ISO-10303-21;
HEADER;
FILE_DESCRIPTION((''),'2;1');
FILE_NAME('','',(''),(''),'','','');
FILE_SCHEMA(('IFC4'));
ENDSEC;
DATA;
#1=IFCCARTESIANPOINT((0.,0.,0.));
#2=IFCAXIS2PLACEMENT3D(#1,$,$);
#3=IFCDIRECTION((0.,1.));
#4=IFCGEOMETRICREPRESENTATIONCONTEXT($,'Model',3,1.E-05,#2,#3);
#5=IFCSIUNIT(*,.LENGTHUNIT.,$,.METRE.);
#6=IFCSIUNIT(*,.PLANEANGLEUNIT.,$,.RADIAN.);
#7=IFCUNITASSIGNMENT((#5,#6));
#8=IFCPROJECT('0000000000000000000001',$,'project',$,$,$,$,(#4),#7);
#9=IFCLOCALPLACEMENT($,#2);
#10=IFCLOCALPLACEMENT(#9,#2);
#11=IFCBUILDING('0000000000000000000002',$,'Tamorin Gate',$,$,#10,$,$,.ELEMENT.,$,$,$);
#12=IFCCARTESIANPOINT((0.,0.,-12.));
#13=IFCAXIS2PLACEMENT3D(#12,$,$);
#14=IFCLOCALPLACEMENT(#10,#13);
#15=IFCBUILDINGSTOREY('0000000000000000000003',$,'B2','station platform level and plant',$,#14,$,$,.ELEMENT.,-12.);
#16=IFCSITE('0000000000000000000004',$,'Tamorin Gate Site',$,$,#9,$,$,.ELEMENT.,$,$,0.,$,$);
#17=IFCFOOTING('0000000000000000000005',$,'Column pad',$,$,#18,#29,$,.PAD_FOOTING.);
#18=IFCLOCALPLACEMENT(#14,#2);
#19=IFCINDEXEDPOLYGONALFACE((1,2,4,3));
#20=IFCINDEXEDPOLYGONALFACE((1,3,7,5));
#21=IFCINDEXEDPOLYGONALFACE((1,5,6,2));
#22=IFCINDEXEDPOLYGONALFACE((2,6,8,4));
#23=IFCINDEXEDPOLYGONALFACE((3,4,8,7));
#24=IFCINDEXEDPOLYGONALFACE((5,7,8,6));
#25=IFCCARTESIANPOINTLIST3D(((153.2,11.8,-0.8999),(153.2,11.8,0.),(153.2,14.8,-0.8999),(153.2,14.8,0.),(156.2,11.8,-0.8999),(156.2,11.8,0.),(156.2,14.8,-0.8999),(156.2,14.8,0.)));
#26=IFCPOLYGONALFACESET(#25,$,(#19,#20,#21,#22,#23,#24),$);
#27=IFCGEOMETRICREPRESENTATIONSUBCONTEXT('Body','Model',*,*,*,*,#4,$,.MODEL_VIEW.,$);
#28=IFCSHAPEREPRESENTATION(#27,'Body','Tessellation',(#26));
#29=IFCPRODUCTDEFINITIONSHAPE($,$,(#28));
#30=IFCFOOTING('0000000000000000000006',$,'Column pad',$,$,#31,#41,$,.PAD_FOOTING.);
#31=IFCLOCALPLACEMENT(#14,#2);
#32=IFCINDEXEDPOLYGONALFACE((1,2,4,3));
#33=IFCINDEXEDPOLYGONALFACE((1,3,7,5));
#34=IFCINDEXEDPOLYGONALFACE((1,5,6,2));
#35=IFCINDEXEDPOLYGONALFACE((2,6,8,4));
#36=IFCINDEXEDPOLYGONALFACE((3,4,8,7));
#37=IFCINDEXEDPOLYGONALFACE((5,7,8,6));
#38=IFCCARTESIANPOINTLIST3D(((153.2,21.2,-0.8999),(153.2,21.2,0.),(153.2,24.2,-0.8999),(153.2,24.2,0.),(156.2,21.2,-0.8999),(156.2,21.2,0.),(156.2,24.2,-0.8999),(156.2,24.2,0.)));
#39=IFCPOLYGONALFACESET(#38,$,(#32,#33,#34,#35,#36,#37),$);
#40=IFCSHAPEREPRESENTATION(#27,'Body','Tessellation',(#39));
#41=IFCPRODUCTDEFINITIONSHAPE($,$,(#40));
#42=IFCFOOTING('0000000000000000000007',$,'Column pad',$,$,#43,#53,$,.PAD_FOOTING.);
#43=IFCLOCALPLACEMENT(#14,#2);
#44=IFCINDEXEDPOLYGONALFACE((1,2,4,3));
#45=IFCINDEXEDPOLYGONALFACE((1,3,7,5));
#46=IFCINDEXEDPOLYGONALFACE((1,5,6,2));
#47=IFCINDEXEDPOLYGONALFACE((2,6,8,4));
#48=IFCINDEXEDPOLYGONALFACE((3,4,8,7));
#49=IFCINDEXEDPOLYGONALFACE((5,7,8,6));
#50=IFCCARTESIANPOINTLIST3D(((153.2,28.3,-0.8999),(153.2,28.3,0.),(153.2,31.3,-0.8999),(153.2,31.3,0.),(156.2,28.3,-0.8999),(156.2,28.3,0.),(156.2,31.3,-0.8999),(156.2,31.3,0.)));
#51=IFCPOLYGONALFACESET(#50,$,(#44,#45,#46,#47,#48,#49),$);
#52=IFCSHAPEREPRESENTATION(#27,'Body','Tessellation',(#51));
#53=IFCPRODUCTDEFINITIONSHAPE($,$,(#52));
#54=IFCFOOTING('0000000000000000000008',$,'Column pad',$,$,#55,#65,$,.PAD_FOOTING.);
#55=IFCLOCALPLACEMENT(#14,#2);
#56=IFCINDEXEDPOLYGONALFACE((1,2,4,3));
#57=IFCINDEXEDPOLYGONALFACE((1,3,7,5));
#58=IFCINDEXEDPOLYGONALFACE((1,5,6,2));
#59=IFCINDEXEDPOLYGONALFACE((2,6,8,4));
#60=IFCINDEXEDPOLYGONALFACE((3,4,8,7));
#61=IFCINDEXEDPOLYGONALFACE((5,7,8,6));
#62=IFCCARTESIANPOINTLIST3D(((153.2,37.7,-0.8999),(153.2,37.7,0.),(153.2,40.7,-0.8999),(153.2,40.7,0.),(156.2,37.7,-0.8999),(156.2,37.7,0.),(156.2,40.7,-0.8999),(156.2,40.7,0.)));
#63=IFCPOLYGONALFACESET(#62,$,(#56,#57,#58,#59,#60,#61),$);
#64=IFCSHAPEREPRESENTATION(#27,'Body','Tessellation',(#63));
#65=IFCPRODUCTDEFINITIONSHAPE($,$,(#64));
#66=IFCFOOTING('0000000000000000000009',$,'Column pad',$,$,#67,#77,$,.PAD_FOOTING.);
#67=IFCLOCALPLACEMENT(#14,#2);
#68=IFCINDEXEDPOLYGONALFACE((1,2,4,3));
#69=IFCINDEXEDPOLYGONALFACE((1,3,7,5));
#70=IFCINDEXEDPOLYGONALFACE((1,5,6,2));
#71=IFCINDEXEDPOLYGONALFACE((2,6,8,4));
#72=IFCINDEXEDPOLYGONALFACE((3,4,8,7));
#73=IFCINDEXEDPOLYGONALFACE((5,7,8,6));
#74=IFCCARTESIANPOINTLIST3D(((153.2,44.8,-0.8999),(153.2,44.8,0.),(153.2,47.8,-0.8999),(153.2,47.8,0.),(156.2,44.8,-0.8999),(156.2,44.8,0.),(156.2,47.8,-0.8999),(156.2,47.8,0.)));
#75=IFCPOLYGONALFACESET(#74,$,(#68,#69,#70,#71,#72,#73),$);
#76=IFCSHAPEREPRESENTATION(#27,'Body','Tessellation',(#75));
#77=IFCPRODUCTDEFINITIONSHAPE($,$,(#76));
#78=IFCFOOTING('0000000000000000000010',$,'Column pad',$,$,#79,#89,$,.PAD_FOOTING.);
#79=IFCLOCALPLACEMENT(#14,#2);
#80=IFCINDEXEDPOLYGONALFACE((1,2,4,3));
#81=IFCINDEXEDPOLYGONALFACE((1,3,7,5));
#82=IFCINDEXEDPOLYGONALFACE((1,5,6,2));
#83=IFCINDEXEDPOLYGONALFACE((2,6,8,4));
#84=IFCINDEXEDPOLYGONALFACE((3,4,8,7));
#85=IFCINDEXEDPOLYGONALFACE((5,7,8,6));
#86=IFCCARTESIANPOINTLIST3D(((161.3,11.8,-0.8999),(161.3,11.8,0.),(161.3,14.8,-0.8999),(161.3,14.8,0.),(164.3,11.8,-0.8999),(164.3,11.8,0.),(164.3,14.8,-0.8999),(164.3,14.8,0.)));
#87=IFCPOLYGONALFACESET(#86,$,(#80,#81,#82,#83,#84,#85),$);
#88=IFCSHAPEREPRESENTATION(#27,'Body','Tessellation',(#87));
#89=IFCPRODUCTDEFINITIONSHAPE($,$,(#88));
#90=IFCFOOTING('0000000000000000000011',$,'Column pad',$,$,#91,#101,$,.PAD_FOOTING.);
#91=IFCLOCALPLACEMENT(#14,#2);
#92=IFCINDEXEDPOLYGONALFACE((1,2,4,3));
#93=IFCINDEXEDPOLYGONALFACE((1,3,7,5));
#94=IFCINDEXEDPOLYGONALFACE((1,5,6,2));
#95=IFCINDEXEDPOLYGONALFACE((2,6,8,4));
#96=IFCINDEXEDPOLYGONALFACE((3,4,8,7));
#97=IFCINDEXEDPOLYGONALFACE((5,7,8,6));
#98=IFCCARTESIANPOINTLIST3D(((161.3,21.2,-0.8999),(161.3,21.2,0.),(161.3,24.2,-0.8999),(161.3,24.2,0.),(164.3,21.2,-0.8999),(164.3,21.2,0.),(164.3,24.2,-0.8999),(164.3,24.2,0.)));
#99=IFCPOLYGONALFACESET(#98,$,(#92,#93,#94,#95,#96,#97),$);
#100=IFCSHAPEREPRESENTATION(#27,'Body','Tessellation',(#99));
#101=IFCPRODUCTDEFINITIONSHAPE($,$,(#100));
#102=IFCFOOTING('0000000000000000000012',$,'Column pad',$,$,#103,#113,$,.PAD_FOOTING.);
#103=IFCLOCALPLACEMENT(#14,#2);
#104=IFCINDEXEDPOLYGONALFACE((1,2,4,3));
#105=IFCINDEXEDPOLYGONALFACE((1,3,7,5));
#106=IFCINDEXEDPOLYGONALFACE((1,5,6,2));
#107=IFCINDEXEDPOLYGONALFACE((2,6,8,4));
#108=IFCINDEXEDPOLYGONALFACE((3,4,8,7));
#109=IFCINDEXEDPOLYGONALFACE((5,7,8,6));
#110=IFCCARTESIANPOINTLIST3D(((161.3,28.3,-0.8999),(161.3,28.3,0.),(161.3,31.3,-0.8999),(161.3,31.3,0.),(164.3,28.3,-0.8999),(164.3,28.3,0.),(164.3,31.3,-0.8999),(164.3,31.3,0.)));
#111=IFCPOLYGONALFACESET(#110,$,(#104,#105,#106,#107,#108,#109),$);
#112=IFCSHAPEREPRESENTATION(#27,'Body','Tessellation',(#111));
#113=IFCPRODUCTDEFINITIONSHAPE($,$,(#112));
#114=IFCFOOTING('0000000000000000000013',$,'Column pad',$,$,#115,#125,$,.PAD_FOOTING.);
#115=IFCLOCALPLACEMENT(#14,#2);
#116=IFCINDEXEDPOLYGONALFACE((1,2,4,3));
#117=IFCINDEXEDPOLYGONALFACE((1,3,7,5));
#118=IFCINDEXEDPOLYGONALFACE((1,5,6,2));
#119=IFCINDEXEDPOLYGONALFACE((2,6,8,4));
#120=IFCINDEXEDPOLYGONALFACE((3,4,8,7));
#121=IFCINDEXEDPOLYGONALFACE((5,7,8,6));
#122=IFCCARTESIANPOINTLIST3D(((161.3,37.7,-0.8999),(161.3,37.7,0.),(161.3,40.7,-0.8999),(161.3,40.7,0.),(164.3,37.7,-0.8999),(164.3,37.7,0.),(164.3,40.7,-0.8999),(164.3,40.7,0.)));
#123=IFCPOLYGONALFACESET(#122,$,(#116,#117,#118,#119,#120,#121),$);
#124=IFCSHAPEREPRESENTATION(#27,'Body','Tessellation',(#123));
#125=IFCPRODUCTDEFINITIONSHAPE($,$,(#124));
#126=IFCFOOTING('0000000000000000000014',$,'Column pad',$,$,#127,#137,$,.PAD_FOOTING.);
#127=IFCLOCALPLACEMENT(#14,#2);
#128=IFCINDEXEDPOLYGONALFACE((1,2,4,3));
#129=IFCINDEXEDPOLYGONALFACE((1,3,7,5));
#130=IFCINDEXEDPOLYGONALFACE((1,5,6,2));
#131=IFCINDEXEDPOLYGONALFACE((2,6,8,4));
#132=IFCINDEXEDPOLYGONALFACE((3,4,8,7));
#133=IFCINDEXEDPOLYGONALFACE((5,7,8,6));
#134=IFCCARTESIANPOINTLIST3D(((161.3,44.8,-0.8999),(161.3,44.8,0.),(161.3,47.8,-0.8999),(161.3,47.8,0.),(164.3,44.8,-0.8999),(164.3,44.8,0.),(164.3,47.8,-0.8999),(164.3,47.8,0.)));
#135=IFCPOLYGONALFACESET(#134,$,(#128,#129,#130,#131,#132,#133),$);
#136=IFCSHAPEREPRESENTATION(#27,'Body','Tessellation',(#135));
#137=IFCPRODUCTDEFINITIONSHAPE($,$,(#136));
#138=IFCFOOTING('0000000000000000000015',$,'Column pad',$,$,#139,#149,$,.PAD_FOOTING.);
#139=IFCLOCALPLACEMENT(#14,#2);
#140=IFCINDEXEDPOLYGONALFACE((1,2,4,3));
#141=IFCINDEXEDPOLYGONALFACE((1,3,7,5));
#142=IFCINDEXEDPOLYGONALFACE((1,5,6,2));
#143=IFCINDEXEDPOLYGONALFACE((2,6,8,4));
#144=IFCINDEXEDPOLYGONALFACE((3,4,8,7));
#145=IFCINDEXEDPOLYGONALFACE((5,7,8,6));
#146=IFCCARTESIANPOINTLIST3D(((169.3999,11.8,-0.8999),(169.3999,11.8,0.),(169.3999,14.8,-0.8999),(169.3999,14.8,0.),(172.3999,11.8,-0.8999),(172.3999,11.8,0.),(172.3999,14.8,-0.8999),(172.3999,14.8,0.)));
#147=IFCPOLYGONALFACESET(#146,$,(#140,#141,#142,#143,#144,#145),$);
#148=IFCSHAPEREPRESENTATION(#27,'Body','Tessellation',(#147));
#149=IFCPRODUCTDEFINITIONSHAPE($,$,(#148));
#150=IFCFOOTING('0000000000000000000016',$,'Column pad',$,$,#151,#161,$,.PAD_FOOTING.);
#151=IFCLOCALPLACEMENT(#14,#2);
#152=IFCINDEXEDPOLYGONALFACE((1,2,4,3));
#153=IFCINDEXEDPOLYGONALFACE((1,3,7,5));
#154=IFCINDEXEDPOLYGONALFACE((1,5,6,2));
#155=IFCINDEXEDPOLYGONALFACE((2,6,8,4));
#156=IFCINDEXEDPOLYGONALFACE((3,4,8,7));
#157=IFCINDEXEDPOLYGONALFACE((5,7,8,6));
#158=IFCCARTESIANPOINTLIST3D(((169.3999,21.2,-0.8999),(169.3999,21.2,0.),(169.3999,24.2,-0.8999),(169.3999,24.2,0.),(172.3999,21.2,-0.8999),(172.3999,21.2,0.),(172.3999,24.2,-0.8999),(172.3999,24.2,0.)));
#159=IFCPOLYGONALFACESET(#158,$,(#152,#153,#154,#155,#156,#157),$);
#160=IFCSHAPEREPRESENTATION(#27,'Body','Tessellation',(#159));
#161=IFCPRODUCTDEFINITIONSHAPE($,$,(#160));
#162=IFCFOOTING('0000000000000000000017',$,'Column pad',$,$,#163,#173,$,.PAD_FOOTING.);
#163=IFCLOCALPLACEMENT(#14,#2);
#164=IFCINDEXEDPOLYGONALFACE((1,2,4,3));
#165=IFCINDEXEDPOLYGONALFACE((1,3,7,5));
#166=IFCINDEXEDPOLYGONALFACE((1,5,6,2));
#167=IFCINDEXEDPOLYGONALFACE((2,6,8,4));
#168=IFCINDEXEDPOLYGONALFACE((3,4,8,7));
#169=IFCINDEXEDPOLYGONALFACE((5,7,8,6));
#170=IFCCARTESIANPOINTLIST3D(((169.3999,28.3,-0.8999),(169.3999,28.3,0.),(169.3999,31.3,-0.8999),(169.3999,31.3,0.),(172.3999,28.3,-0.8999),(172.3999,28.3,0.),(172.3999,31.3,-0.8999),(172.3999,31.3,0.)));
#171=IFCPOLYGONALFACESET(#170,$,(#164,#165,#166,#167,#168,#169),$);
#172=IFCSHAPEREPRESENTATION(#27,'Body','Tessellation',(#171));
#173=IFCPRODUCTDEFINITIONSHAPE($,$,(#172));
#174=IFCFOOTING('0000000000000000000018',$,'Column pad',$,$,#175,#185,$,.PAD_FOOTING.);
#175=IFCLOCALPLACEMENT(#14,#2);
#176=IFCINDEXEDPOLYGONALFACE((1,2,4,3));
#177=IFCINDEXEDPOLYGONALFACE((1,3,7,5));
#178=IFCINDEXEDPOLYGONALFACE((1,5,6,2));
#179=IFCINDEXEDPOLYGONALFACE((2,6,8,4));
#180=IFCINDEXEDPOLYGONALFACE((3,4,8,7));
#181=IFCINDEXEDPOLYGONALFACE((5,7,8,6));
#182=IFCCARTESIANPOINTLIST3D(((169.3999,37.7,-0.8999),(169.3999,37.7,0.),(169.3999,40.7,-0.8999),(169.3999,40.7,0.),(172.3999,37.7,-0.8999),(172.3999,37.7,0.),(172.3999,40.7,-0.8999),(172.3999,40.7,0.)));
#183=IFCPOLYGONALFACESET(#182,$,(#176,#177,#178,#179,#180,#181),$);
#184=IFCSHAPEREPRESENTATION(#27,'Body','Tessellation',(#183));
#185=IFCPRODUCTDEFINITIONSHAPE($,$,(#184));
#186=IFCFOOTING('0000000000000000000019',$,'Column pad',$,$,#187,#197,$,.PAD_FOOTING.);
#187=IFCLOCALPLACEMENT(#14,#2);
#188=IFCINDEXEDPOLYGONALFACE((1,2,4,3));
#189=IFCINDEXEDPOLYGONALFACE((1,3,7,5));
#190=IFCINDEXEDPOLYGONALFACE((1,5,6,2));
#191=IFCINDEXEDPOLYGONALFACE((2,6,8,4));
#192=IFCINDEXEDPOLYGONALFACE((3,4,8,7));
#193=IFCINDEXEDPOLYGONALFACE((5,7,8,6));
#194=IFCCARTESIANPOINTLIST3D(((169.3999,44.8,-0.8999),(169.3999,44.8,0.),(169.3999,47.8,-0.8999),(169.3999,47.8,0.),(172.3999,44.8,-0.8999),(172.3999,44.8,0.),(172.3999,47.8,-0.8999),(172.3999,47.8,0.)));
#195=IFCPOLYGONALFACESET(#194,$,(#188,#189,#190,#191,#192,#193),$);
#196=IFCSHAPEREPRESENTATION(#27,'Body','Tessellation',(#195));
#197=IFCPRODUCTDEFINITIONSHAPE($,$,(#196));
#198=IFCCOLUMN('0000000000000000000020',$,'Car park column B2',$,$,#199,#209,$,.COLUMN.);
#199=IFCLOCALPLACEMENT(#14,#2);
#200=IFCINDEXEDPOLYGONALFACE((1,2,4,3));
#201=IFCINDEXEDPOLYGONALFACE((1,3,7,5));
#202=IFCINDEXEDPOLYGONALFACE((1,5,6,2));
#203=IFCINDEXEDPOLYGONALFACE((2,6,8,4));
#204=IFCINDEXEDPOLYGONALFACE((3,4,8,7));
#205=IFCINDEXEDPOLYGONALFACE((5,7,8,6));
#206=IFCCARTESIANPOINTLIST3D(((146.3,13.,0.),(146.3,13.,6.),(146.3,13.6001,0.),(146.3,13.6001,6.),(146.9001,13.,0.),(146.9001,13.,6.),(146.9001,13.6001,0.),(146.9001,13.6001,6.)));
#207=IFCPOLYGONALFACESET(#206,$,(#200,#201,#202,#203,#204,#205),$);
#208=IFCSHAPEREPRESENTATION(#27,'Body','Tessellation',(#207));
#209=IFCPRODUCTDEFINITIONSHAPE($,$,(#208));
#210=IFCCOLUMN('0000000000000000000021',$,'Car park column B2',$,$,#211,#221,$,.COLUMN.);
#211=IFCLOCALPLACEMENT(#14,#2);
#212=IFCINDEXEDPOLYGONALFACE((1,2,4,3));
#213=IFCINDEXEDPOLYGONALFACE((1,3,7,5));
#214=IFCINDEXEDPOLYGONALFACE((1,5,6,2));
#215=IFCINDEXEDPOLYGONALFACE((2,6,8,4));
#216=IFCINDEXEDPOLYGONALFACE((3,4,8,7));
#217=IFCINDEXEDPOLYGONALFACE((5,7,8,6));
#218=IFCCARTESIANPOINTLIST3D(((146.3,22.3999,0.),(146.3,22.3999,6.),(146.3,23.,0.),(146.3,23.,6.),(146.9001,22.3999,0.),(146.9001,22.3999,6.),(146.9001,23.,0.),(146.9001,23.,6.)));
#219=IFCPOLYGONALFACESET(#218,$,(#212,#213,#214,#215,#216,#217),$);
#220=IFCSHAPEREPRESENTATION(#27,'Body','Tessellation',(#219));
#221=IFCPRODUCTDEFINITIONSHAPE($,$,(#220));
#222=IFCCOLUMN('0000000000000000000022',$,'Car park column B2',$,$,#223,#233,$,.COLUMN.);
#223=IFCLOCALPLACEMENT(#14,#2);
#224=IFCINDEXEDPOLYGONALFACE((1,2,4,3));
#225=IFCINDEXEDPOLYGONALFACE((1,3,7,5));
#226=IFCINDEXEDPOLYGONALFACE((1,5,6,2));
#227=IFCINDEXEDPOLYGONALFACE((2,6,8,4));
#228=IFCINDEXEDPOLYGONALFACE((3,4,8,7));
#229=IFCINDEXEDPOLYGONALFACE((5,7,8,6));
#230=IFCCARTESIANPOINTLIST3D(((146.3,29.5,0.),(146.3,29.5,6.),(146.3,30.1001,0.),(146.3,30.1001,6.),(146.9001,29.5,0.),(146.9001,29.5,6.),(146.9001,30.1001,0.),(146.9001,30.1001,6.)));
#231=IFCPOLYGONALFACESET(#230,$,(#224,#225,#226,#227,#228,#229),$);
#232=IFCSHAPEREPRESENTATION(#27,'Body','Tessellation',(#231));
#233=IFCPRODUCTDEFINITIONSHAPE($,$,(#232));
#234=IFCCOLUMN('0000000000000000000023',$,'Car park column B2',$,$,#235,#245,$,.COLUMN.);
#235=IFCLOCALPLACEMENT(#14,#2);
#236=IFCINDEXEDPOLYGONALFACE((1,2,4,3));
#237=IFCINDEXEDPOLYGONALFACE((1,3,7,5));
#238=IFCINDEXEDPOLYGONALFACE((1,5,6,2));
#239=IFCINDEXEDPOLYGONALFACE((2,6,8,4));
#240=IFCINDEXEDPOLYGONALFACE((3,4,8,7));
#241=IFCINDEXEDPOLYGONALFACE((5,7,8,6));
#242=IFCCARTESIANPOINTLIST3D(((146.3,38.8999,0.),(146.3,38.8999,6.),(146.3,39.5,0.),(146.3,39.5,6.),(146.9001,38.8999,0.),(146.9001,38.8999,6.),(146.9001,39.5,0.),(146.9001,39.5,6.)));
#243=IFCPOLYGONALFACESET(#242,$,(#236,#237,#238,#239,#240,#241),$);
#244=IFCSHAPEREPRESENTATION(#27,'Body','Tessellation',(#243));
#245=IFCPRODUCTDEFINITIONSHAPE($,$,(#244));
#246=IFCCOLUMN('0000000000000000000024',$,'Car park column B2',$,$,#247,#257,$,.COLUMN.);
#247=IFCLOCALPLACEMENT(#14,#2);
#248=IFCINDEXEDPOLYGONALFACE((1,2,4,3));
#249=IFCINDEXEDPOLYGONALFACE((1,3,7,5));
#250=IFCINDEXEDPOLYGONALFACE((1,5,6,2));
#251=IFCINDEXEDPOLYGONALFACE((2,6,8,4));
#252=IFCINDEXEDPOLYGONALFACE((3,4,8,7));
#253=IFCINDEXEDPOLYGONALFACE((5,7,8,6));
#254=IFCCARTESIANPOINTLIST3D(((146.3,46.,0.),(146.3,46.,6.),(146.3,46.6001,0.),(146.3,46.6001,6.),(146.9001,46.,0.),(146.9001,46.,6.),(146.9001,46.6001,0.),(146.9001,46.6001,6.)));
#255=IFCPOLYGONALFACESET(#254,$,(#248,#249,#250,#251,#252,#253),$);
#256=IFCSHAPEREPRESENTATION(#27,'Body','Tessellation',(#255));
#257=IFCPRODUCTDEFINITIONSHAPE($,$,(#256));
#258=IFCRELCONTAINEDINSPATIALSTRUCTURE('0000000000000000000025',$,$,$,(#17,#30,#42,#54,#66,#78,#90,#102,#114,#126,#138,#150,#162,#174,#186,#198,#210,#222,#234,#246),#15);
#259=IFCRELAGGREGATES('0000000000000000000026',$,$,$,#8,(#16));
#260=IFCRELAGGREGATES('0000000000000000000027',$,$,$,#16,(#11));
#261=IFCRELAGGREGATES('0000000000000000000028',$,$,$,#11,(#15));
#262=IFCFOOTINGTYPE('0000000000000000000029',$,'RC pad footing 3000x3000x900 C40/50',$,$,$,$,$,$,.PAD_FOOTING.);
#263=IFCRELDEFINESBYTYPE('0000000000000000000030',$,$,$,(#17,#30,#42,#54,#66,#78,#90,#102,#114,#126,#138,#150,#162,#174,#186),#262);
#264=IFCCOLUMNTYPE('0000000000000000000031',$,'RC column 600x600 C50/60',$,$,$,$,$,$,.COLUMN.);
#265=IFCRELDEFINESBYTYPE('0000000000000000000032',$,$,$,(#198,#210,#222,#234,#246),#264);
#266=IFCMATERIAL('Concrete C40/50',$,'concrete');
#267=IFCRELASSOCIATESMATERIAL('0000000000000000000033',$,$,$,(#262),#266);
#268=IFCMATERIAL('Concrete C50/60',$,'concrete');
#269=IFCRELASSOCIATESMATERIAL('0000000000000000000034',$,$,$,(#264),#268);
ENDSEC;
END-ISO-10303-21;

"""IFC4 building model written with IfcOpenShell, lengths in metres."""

from ifc_helpers import new_model, si_unit, direction, frame, origin, origin_2d, place, context, subcontext, project, spatial, rectangle, extrude, material, material_profile, profile_set, type_object, element, save


model = new_model("IFC4")

# Units and contexts
model_context = context("Model", 3, precision=1e-05, world=origin(), true_north=direction((0.0, 1.0)))
body_context = subcontext(model_context, "Body", "Model", "MODEL_VIEW")
ifc_project = project(units=[si_unit("LENGTHUNIT", "METRE"), si_unit("PLANEANGLEUNIT", "RADIAN")], contexts=[model_context])

# Site, building, storey
site_placement = place(None, origin())
site = spatial("IfcSite", under=ifc_project, at=site_placement, Name="Tamorin Gate Site", CompositionType="ELEMENT", RefElevation=0.0)
building_placement = place(site_placement, origin())
building = spatial("IfcBuilding", under=site, at=building_placement, Name="Tamorin Gate", CompositionType="ELEMENT")
storey_placement = place(building_placement, frame((0.0, 0.0, -12.0)))
storey = spatial("IfcBuildingStorey", under=building, at=storey_placement, Name="B2", Description="station platform level and plant", CompositionType="ELEMENT", Elevation=-12.0)

# Footings
ifc_material_1 = material(Name="Concrete C40/50", Category="concrete")
footing_type = type_object("IfcFootingType", Name="RC pad footing 3000x3000x900 C40/50", PredefinedType="PAD_FOOTING", material=ifc_material_1)
for number, where, z_axis, x_axis, name in (
    (1, (154.7, 13.3, -0.8999), (0.0, 0.0, 1.0), (1.0, 0.0, 0.0), "Column pad"),
    (2, (154.7, 22.7, -0.8999), (0.0, 0.0, 1.0), (1.0, 0.0, 0.0), "Column pad"),
    (3, (154.7, 29.8, -0.8999), (0.0, 0.0, 1.0), (1.0, 0.0, 0.0), "Column pad"),
    (4, (154.7, 39.2, -0.8999), (0.0, 0.0, 1.0), (1.0, 0.0, 0.0), "Column pad"),
    (5, (154.7, 46.3, -0.8999), (0.0, 0.0, 1.0), (1.0, 0.0, 0.0), "Column pad"),
    (6, (162.8, 13.3, -0.8999), (0.0, 0.0, 1.0), (1.0, 0.0, 0.0), "Column pad"),
    (7, (162.8, 22.7, -0.8999), (0.0, 0.0, 1.0), (1.0, 0.0, 0.0), "Column pad"),
    (8, (162.8, 29.8, -0.8999), (0.0, 0.0, 1.0), (1.0, 0.0, 0.0), "Column pad"),
    (9, (162.8, 39.2, -0.8999), (0.0, 0.0, 1.0), (1.0, 0.0, 0.0), "Column pad"),
    (10, (162.8, 46.3, -0.8999), (0.0, 0.0, 1.0), (1.0, 0.0, 0.0), "Column pad"),
    (11, (170.8999, 13.3, -0.8999), (0.0, 0.0, 1.0), (1.0, 0.0, 0.0), "Column pad"),
    (12, (170.8999, 22.7, -0.8999), (0.0, 0.0, 1.0), (1.0, 0.0, 0.0), "Column pad"),
    (13, (170.8999, 29.8, -0.8999), (0.0, 0.0, 1.0), (1.0, 0.0, 0.0), "Column pad"),
    (14, (170.8999, 39.2, -0.8999), (0.0, 0.0, 1.0), (1.0, 0.0, 0.0), "Column pad"),
    (15, (170.8999, 46.3, -0.8999), (0.0, 0.0, 1.0), (1.0, 0.0, 0.0), "Column pad"),
):
    element("IfcFooting", number, at=place(storey_placement, frame(where, z_axis=z_axis, x_axis=x_axis)), inside=storey, type_object=footing_type, Name=name, PredefinedType="PAD_FOOTING", context=body_context, shape_type="SweptSolid", body=[
        extrude(rectangle(XDim=3.0, YDim=3.0, at=origin_2d()), origin(), (0.0, 0.0, 1.0), 0.8999),
    ])

# Columns
ifc_material_2 = material(Name="Concrete C50/60", Category="concrete")
ifc_material_profile = material_profile(ifc_material_2, rectangle(XDim=0.6001, YDim=0.6001, at=origin_2d()))
ifc_profile_set = profile_set([ifc_material_profile], Name="Concrete C50/60")
column_type = type_object("IfcColumnType", Name="RC column 600x600 C50/60", PredefinedType="COLUMN", material=ifc_profile_set)
for number, where, z_axis, x_axis, name in (
    (16, (146.6001, 13.3, 0.0), (0.0, 0.0, 1.0), (1.0, 0.0, 0.0), "Car park column B2"),
    (17, (146.6001, 22.7, 0.0), (0.0, 0.0, 1.0), (1.0, 0.0, 0.0), "Car park column B2"),
    (18, (146.6001, 29.8, 0.0), (0.0, 0.0, 1.0), (1.0, 0.0, 0.0), "Car park column B2"),
    (19, (146.6001, 39.2, 0.0), (0.0, 0.0, 1.0), (1.0, 0.0, 0.0), "Car park column B2"),
    (20, (146.6001, 46.3, 0.0), (0.0, 0.0, 1.0), (1.0, 0.0, 0.0), "Car park column B2"),
):
    element("IfcColumn", number, at=place(storey_placement, frame(where, z_axis=z_axis, x_axis=x_axis)), inside=storey, type_object=column_type, Name=name, PredefinedType="COLUMN", context=body_context, shape_type="SweptSolid", body=[
        extrude(rectangle(XDim=0.6001, YDim=0.6001, at=origin_2d()), origin(), (0.0, 0.0, 1.0), 6.0),
    ])

save(model, "model.ifc")
